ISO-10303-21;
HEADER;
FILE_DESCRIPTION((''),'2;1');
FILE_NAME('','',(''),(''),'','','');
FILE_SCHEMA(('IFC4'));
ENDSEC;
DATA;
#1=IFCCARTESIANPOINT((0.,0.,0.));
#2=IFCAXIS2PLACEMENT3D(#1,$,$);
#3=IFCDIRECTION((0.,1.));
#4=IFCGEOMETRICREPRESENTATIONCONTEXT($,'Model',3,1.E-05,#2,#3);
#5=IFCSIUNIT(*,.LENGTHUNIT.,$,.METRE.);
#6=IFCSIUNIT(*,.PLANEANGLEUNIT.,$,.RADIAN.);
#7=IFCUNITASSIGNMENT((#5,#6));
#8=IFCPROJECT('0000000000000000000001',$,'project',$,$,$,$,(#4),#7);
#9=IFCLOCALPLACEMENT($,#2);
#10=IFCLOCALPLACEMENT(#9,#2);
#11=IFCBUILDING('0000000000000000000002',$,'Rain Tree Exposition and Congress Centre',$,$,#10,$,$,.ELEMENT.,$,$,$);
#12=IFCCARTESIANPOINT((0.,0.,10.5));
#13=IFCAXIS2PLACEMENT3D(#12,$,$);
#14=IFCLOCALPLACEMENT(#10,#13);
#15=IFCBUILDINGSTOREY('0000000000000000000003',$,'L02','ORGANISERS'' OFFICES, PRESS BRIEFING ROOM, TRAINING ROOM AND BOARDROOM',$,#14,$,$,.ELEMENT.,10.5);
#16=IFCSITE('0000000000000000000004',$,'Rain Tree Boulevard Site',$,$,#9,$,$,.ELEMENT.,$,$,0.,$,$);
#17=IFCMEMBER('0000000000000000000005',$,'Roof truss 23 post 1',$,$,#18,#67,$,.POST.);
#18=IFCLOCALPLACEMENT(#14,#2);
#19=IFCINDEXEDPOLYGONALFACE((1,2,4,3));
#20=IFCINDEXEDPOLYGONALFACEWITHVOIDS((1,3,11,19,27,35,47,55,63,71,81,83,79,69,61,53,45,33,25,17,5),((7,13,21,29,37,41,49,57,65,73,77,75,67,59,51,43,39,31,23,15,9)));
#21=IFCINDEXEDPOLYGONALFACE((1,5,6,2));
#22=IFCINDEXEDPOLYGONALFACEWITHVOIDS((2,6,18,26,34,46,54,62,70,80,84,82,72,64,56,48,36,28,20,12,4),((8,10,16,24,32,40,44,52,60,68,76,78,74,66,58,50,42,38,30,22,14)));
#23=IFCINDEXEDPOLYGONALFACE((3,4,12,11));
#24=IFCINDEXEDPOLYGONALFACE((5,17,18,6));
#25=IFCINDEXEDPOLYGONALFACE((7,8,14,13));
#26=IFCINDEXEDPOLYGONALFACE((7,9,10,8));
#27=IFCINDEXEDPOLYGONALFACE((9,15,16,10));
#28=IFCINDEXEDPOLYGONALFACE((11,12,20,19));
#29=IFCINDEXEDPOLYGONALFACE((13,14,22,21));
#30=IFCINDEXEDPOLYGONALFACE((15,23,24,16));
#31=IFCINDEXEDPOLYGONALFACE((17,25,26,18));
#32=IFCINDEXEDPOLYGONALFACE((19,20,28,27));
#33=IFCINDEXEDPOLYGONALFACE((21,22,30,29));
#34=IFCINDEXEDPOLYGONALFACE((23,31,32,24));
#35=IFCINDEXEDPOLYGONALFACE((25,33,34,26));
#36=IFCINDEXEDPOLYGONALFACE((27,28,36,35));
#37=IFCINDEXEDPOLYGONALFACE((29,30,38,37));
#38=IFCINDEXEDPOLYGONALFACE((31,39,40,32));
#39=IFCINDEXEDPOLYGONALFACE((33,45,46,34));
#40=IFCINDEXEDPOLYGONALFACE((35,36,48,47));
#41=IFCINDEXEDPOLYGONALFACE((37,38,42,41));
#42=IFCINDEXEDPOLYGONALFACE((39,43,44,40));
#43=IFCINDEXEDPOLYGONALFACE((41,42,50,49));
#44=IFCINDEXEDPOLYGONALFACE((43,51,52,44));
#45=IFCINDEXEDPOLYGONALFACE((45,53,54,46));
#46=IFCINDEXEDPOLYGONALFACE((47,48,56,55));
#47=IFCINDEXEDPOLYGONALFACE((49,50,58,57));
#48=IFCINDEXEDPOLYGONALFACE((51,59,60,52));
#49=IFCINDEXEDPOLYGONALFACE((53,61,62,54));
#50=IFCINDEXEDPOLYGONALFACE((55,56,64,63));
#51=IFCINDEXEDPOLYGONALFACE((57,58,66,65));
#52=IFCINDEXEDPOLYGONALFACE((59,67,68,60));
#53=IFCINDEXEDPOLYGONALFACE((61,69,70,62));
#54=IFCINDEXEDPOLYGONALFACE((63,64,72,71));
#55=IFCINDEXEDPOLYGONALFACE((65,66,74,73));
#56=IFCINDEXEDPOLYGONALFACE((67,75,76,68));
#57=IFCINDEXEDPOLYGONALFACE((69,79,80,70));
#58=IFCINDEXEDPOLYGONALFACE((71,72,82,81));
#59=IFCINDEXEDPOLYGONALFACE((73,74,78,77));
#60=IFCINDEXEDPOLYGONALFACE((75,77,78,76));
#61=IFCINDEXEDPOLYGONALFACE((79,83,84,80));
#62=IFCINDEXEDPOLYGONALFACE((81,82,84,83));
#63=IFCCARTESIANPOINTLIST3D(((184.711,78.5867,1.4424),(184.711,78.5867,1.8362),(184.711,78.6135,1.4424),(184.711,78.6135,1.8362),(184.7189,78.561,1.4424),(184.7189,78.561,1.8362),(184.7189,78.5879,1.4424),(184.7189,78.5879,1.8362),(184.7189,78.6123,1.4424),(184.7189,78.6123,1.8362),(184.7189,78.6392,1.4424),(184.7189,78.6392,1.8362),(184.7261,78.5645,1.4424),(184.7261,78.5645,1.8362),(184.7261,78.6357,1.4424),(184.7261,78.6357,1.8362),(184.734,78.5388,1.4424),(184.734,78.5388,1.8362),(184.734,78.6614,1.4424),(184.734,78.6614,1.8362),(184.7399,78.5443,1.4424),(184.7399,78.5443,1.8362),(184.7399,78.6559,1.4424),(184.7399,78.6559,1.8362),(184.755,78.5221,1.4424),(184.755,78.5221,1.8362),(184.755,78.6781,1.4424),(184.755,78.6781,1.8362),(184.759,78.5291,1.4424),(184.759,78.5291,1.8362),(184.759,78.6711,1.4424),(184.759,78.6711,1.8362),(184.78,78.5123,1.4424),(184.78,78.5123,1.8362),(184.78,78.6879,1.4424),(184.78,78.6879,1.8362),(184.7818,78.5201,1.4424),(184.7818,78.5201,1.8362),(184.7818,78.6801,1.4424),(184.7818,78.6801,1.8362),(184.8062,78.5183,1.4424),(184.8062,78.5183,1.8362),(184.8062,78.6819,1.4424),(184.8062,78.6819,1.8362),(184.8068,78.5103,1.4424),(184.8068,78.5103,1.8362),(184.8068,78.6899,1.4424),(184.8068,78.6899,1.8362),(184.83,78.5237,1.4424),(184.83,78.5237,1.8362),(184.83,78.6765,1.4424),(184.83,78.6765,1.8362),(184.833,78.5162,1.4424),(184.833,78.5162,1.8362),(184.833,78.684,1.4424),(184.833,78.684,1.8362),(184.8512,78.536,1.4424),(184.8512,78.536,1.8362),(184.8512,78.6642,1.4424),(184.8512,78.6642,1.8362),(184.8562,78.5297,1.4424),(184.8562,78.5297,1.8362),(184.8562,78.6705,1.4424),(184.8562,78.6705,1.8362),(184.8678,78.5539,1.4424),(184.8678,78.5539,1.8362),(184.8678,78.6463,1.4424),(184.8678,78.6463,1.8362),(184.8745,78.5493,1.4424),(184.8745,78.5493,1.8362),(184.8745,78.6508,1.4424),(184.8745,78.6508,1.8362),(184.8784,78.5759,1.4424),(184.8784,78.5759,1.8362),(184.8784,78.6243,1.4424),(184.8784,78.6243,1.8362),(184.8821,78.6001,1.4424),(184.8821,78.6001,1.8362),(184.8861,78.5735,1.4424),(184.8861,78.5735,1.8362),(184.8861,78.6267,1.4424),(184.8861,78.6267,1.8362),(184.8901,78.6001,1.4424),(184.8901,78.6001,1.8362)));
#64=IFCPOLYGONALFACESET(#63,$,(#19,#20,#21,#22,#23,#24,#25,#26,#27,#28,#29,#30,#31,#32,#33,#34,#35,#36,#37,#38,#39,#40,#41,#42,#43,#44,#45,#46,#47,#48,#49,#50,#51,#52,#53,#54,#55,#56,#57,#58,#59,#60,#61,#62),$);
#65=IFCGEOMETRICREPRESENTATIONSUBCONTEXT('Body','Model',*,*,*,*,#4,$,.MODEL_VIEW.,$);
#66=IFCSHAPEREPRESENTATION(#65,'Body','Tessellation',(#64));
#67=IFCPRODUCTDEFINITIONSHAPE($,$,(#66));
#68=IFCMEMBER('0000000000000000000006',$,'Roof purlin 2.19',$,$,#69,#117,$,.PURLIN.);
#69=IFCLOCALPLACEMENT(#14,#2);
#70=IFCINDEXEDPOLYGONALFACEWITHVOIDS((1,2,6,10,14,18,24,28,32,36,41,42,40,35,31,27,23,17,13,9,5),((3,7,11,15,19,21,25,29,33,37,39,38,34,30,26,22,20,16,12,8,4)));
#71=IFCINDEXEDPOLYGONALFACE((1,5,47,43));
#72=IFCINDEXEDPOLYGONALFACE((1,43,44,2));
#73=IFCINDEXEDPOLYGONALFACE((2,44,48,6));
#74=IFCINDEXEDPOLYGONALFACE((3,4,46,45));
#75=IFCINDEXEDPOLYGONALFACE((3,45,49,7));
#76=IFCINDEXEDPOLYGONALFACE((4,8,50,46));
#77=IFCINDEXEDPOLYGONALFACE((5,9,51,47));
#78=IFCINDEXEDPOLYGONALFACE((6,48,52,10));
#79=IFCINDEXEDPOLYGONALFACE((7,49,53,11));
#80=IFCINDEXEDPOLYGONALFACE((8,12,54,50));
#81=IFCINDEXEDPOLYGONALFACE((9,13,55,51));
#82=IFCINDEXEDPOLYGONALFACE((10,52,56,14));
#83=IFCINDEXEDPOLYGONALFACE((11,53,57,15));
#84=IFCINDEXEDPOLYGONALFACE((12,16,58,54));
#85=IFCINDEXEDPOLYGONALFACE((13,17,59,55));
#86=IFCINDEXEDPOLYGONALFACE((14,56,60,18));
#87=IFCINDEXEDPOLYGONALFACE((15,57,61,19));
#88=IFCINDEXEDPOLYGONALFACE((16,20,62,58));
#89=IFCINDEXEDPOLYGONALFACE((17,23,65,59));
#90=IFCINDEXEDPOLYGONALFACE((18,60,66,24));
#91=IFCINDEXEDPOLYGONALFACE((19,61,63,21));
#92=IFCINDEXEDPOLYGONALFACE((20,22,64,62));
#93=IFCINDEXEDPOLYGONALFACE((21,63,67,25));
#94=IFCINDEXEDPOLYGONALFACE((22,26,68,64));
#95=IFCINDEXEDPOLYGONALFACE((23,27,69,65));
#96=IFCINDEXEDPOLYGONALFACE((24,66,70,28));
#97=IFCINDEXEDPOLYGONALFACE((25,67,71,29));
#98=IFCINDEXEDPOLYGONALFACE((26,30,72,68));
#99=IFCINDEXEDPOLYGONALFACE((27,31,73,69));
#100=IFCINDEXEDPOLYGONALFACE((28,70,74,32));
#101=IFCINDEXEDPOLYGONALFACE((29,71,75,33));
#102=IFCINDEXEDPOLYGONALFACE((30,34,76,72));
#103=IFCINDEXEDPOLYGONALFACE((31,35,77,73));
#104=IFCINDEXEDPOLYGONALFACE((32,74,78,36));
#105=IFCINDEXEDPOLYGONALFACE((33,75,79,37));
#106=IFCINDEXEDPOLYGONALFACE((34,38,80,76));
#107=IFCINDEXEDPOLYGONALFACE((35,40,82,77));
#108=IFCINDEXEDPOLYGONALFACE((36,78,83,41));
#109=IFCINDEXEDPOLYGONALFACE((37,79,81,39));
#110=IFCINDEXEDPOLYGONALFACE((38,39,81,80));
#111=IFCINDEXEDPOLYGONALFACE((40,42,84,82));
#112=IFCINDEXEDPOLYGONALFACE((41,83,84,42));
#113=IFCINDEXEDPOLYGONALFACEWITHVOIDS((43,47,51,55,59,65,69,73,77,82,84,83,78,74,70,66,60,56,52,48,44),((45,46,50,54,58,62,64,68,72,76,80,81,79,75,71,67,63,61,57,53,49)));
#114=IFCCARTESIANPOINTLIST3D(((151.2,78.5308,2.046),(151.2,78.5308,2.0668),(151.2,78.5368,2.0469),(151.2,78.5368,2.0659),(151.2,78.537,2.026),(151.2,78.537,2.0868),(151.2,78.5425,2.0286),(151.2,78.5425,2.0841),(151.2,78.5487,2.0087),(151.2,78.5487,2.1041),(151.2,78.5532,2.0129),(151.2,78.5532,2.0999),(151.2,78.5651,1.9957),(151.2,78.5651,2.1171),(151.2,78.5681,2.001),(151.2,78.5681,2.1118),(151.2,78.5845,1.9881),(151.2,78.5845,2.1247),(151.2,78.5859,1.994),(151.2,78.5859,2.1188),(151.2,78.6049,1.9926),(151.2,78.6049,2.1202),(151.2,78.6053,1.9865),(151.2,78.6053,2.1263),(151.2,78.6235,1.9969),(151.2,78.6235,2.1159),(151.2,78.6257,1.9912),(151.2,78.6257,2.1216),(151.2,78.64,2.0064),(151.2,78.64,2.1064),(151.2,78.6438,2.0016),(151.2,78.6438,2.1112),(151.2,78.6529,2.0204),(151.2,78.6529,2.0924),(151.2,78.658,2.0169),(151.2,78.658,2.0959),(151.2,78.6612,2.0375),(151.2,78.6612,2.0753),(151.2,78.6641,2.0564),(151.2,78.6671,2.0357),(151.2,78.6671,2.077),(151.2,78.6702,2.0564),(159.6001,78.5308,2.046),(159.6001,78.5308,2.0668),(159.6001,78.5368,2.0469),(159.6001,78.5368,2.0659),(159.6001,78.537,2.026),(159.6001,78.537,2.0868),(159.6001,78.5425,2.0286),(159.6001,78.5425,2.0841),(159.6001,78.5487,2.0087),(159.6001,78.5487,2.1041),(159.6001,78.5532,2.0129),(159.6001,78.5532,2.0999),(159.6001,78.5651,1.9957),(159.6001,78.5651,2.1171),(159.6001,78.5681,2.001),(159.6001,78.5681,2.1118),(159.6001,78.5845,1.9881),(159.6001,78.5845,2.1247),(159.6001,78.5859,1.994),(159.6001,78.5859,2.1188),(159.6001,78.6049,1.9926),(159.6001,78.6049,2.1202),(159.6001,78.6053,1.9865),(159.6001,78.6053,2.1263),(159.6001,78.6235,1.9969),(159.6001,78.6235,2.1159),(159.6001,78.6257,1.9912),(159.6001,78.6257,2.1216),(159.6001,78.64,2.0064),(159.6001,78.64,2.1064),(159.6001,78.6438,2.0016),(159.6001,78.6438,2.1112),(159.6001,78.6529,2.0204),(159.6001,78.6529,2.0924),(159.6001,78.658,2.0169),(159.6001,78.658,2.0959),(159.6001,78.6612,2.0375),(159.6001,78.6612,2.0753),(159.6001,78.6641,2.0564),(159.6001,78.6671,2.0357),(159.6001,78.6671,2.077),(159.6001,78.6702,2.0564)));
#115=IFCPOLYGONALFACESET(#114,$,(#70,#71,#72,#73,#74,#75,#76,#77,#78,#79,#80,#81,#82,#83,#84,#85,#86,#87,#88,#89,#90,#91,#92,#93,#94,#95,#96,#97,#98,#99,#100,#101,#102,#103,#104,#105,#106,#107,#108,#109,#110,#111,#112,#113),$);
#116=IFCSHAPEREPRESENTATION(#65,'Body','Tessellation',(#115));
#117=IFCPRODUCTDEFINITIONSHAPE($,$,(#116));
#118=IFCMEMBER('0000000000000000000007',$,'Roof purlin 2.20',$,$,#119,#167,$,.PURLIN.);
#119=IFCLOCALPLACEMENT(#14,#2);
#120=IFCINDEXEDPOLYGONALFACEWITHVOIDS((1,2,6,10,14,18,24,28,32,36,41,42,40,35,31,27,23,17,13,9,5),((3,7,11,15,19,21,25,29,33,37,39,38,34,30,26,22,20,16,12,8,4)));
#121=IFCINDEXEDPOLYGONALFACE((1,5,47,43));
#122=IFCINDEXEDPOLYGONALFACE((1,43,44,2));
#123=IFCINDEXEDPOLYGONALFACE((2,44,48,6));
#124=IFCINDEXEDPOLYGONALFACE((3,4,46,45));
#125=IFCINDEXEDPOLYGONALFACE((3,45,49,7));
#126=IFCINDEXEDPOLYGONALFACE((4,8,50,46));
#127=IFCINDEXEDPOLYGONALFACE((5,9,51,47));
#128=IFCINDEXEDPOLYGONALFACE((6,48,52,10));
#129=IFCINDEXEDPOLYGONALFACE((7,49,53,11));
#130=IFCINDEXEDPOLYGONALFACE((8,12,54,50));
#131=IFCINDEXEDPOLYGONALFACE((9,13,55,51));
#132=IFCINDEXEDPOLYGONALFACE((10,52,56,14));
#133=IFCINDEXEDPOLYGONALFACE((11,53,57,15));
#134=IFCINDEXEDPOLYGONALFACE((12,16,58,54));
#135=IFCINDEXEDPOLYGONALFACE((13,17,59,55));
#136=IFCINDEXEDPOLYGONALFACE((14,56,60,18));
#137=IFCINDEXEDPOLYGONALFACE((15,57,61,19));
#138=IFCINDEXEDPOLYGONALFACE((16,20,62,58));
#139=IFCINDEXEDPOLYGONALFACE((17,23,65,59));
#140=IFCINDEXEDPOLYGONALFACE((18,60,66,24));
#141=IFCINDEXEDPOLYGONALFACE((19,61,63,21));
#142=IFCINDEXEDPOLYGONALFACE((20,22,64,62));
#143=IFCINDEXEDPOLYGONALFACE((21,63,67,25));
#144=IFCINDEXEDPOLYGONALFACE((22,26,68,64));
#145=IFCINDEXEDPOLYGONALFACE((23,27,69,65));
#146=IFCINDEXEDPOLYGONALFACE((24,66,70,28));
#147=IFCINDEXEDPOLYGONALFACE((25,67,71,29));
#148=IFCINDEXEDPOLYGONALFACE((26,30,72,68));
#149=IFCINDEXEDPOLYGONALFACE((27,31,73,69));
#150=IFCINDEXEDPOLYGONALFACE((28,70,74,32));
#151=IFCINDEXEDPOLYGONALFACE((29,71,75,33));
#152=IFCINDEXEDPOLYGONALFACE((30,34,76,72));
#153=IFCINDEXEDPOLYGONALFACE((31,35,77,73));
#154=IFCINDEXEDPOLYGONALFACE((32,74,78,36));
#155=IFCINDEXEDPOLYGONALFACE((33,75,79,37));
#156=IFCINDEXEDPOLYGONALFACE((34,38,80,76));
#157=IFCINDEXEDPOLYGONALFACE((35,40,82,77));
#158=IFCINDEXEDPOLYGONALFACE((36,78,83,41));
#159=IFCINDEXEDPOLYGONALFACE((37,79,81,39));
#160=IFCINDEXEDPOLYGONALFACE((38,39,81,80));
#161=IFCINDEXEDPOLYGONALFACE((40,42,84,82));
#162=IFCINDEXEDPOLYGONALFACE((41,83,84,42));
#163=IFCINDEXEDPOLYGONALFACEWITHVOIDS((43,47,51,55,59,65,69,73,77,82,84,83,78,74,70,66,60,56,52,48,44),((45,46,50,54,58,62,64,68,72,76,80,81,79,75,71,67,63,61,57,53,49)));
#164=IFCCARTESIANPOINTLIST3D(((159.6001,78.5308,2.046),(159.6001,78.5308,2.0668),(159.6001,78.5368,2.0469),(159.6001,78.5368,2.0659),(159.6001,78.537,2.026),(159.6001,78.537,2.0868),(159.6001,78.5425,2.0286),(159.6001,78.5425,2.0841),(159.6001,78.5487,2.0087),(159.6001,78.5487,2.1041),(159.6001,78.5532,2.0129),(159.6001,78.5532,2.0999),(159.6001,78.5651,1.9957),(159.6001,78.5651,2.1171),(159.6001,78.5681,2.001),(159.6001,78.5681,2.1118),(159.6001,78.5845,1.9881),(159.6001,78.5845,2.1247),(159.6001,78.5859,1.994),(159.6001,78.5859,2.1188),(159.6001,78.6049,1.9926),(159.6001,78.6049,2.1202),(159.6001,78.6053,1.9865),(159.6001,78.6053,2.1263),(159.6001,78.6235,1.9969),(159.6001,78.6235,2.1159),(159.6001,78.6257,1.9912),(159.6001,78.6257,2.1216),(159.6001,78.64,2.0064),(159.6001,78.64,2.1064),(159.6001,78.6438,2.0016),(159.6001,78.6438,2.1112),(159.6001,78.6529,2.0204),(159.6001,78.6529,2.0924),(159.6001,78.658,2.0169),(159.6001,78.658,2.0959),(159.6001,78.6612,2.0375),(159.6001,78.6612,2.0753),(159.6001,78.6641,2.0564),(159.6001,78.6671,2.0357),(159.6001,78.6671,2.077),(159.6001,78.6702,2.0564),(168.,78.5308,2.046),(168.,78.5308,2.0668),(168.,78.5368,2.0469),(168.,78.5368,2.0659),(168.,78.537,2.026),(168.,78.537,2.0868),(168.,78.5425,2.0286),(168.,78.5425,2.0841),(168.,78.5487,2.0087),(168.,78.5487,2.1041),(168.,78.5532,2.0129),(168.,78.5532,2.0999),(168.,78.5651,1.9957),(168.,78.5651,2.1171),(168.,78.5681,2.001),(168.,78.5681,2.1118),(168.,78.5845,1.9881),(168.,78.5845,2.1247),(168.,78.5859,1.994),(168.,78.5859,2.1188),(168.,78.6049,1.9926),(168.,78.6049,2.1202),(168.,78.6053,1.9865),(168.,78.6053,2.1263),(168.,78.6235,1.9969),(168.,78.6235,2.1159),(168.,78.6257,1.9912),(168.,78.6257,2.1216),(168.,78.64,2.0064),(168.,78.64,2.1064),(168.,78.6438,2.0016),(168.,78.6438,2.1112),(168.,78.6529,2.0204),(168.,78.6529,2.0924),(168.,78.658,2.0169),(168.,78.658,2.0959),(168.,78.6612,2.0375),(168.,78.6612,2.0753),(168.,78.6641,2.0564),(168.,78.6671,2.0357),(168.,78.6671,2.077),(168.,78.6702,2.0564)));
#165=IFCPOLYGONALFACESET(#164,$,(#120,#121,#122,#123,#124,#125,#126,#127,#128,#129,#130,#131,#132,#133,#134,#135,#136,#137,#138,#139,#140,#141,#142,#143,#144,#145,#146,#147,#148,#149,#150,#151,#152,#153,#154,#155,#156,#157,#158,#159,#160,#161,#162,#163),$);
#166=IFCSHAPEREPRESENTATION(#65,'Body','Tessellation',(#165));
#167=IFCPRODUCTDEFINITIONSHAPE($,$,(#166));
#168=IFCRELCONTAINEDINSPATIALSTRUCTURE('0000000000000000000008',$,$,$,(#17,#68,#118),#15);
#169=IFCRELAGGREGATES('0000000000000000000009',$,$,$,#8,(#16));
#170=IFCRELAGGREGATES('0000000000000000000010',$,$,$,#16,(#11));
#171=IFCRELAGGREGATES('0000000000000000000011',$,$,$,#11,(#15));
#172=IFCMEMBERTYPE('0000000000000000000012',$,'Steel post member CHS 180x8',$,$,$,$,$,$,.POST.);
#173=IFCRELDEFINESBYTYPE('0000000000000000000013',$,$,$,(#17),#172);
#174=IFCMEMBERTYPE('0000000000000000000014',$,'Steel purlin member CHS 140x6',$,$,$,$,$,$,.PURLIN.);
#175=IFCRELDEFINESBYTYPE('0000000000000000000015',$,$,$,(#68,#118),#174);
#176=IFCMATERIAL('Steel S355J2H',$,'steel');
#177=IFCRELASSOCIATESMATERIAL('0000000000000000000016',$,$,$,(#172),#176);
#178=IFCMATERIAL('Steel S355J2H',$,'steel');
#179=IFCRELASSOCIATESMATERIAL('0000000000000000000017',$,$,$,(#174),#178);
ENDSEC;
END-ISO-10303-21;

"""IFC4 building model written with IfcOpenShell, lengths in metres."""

from ifc_helpers import new_model, si_unit, direction, frame, origin, origin_2d, place, context, subcontext, project, spatial, hollow_circle, extrude, material, material_profile, profile_set, type_object, element, save


model = new_model("IFC4")

# Units and contexts
model_context = context("Model", 3, precision=1e-05, world=origin(), true_north=direction((0.0, 1.0)))
body_context = subcontext(model_context, "Body", "Model", "MODEL_VIEW")
ifc_project = project(units=[si_unit("LENGTHUNIT", "METRE"), si_unit("PLANEANGLEUNIT", "RADIAN")], contexts=[model_context])

# Site, building, storey
site_placement = place(None, origin())
site = spatial("IfcSite", under=ifc_project, at=site_placement, Name="Rain Tree Boulevard Site", CompositionType="ELEMENT", RefElevation=0.0)
building_placement = place(site_placement, origin())
building = spatial("IfcBuilding", under=site, at=building_placement, Name="Rain Tree Exposition and Congress Centre", CompositionType="ELEMENT")
storey_placement = place(building_placement, frame((0.0, 0.0, 10.5)))
storey = spatial("IfcBuildingStorey", under=building, at=storey_placement, Name="L02", Description="ORGANISERS' OFFICES, PRESS BRIEFING ROOM, TRAINING ROOM AND BOARDROOM", CompositionType="ELEMENT", Elevation=10.5)

# Members
ifc_material_1 = material(Name="Steel S355J2H", Category="steel")
ifc_material_profile_1 = material_profile(ifc_material_1, hollow_circle(Radius=0.0901, WallThickness=0.0081, at=origin_2d()), Name="CHS 180x8")
ifc_profile_set_1 = profile_set([ifc_material_profile_1], Name="Steel S355J2H")
member_type_1 = type_object("IfcMemberType", Name="Steel post member CHS 180x8", PredefinedType="POST", material=ifc_profile_set_1)
for number, where, z_axis, x_axis, name in (
    (1, (184.8, 78.6001, 1.4424), (0.0, 0.0, 1.0), (1.0, 0.0, 0.0), "Roof truss 23 post 1"),
):
    element("IfcMember", number, at=place(storey_placement, frame(where, z_axis=z_axis, x_axis=x_axis)), inside=storey, type_object=member_type_1, Name=name, PredefinedType="POST", context=body_context, shape_type="SweptSolid", body=[
        extrude(hollow_circle(Radius=0.0901, WallThickness=0.0081, at=origin_2d()), origin(), (0.0, 0.0, 1.0), 0.3938),
    ])
ifc_material_2 = material(Name="Steel S355J2H", Category="steel")
ifc_material_profile_2 = material_profile(ifc_material_2, hollow_circle(Radius=0.0701, WallThickness=0.0061, at=origin_2d()), Name="CHS 140x6")
ifc_profile_set_2 = profile_set([ifc_material_profile_2], Name="Steel S355J2H")
member_type_2 = type_object("IfcMemberType", Name="Steel purlin member CHS 140x6", PredefinedType="PURLIN", material=ifc_profile_set_2)
member_1_placement = place(storey_placement, frame((151.2, 78.6001, 2.0564), z_axis=(1.0, 0.0, 0.0), x_axis=(0.0, 1.0, 0.0)))
element("IfcMember", 2, at=member_1_placement, inside=storey, type_object=member_type_2, Name="Roof purlin 2.19", PredefinedType="PURLIN", context=body_context, shape_type="SweptSolid", body=[
    extrude(hollow_circle(Radius=0.0701, WallThickness=0.0061, at=origin_2d()), origin(), (0.0, 0.0, 1.0), 8.4001),
])
for number, where, z_axis, x_axis, name in (
    (3, (159.6001, 78.6001, 2.0564), (1.0, 0.0, 0.0), (0.0, 1.0, 0.0), "Roof purlin 2.20"),
):
    element("IfcMember", number, at=place(storey_placement, frame(where, z_axis=z_axis, x_axis=x_axis)), inside=storey, type_object=member_type_2, Name=name, PredefinedType="PURLIN", context=body_context, shape_type="SweptSolid", body=[
        extrude(hollow_circle(Radius=0.0701, WallThickness=0.0061, at=origin_2d()), origin(), (0.0, 0.0, 1.0), 8.3999),
    ])

save(model, "model.ifc")
